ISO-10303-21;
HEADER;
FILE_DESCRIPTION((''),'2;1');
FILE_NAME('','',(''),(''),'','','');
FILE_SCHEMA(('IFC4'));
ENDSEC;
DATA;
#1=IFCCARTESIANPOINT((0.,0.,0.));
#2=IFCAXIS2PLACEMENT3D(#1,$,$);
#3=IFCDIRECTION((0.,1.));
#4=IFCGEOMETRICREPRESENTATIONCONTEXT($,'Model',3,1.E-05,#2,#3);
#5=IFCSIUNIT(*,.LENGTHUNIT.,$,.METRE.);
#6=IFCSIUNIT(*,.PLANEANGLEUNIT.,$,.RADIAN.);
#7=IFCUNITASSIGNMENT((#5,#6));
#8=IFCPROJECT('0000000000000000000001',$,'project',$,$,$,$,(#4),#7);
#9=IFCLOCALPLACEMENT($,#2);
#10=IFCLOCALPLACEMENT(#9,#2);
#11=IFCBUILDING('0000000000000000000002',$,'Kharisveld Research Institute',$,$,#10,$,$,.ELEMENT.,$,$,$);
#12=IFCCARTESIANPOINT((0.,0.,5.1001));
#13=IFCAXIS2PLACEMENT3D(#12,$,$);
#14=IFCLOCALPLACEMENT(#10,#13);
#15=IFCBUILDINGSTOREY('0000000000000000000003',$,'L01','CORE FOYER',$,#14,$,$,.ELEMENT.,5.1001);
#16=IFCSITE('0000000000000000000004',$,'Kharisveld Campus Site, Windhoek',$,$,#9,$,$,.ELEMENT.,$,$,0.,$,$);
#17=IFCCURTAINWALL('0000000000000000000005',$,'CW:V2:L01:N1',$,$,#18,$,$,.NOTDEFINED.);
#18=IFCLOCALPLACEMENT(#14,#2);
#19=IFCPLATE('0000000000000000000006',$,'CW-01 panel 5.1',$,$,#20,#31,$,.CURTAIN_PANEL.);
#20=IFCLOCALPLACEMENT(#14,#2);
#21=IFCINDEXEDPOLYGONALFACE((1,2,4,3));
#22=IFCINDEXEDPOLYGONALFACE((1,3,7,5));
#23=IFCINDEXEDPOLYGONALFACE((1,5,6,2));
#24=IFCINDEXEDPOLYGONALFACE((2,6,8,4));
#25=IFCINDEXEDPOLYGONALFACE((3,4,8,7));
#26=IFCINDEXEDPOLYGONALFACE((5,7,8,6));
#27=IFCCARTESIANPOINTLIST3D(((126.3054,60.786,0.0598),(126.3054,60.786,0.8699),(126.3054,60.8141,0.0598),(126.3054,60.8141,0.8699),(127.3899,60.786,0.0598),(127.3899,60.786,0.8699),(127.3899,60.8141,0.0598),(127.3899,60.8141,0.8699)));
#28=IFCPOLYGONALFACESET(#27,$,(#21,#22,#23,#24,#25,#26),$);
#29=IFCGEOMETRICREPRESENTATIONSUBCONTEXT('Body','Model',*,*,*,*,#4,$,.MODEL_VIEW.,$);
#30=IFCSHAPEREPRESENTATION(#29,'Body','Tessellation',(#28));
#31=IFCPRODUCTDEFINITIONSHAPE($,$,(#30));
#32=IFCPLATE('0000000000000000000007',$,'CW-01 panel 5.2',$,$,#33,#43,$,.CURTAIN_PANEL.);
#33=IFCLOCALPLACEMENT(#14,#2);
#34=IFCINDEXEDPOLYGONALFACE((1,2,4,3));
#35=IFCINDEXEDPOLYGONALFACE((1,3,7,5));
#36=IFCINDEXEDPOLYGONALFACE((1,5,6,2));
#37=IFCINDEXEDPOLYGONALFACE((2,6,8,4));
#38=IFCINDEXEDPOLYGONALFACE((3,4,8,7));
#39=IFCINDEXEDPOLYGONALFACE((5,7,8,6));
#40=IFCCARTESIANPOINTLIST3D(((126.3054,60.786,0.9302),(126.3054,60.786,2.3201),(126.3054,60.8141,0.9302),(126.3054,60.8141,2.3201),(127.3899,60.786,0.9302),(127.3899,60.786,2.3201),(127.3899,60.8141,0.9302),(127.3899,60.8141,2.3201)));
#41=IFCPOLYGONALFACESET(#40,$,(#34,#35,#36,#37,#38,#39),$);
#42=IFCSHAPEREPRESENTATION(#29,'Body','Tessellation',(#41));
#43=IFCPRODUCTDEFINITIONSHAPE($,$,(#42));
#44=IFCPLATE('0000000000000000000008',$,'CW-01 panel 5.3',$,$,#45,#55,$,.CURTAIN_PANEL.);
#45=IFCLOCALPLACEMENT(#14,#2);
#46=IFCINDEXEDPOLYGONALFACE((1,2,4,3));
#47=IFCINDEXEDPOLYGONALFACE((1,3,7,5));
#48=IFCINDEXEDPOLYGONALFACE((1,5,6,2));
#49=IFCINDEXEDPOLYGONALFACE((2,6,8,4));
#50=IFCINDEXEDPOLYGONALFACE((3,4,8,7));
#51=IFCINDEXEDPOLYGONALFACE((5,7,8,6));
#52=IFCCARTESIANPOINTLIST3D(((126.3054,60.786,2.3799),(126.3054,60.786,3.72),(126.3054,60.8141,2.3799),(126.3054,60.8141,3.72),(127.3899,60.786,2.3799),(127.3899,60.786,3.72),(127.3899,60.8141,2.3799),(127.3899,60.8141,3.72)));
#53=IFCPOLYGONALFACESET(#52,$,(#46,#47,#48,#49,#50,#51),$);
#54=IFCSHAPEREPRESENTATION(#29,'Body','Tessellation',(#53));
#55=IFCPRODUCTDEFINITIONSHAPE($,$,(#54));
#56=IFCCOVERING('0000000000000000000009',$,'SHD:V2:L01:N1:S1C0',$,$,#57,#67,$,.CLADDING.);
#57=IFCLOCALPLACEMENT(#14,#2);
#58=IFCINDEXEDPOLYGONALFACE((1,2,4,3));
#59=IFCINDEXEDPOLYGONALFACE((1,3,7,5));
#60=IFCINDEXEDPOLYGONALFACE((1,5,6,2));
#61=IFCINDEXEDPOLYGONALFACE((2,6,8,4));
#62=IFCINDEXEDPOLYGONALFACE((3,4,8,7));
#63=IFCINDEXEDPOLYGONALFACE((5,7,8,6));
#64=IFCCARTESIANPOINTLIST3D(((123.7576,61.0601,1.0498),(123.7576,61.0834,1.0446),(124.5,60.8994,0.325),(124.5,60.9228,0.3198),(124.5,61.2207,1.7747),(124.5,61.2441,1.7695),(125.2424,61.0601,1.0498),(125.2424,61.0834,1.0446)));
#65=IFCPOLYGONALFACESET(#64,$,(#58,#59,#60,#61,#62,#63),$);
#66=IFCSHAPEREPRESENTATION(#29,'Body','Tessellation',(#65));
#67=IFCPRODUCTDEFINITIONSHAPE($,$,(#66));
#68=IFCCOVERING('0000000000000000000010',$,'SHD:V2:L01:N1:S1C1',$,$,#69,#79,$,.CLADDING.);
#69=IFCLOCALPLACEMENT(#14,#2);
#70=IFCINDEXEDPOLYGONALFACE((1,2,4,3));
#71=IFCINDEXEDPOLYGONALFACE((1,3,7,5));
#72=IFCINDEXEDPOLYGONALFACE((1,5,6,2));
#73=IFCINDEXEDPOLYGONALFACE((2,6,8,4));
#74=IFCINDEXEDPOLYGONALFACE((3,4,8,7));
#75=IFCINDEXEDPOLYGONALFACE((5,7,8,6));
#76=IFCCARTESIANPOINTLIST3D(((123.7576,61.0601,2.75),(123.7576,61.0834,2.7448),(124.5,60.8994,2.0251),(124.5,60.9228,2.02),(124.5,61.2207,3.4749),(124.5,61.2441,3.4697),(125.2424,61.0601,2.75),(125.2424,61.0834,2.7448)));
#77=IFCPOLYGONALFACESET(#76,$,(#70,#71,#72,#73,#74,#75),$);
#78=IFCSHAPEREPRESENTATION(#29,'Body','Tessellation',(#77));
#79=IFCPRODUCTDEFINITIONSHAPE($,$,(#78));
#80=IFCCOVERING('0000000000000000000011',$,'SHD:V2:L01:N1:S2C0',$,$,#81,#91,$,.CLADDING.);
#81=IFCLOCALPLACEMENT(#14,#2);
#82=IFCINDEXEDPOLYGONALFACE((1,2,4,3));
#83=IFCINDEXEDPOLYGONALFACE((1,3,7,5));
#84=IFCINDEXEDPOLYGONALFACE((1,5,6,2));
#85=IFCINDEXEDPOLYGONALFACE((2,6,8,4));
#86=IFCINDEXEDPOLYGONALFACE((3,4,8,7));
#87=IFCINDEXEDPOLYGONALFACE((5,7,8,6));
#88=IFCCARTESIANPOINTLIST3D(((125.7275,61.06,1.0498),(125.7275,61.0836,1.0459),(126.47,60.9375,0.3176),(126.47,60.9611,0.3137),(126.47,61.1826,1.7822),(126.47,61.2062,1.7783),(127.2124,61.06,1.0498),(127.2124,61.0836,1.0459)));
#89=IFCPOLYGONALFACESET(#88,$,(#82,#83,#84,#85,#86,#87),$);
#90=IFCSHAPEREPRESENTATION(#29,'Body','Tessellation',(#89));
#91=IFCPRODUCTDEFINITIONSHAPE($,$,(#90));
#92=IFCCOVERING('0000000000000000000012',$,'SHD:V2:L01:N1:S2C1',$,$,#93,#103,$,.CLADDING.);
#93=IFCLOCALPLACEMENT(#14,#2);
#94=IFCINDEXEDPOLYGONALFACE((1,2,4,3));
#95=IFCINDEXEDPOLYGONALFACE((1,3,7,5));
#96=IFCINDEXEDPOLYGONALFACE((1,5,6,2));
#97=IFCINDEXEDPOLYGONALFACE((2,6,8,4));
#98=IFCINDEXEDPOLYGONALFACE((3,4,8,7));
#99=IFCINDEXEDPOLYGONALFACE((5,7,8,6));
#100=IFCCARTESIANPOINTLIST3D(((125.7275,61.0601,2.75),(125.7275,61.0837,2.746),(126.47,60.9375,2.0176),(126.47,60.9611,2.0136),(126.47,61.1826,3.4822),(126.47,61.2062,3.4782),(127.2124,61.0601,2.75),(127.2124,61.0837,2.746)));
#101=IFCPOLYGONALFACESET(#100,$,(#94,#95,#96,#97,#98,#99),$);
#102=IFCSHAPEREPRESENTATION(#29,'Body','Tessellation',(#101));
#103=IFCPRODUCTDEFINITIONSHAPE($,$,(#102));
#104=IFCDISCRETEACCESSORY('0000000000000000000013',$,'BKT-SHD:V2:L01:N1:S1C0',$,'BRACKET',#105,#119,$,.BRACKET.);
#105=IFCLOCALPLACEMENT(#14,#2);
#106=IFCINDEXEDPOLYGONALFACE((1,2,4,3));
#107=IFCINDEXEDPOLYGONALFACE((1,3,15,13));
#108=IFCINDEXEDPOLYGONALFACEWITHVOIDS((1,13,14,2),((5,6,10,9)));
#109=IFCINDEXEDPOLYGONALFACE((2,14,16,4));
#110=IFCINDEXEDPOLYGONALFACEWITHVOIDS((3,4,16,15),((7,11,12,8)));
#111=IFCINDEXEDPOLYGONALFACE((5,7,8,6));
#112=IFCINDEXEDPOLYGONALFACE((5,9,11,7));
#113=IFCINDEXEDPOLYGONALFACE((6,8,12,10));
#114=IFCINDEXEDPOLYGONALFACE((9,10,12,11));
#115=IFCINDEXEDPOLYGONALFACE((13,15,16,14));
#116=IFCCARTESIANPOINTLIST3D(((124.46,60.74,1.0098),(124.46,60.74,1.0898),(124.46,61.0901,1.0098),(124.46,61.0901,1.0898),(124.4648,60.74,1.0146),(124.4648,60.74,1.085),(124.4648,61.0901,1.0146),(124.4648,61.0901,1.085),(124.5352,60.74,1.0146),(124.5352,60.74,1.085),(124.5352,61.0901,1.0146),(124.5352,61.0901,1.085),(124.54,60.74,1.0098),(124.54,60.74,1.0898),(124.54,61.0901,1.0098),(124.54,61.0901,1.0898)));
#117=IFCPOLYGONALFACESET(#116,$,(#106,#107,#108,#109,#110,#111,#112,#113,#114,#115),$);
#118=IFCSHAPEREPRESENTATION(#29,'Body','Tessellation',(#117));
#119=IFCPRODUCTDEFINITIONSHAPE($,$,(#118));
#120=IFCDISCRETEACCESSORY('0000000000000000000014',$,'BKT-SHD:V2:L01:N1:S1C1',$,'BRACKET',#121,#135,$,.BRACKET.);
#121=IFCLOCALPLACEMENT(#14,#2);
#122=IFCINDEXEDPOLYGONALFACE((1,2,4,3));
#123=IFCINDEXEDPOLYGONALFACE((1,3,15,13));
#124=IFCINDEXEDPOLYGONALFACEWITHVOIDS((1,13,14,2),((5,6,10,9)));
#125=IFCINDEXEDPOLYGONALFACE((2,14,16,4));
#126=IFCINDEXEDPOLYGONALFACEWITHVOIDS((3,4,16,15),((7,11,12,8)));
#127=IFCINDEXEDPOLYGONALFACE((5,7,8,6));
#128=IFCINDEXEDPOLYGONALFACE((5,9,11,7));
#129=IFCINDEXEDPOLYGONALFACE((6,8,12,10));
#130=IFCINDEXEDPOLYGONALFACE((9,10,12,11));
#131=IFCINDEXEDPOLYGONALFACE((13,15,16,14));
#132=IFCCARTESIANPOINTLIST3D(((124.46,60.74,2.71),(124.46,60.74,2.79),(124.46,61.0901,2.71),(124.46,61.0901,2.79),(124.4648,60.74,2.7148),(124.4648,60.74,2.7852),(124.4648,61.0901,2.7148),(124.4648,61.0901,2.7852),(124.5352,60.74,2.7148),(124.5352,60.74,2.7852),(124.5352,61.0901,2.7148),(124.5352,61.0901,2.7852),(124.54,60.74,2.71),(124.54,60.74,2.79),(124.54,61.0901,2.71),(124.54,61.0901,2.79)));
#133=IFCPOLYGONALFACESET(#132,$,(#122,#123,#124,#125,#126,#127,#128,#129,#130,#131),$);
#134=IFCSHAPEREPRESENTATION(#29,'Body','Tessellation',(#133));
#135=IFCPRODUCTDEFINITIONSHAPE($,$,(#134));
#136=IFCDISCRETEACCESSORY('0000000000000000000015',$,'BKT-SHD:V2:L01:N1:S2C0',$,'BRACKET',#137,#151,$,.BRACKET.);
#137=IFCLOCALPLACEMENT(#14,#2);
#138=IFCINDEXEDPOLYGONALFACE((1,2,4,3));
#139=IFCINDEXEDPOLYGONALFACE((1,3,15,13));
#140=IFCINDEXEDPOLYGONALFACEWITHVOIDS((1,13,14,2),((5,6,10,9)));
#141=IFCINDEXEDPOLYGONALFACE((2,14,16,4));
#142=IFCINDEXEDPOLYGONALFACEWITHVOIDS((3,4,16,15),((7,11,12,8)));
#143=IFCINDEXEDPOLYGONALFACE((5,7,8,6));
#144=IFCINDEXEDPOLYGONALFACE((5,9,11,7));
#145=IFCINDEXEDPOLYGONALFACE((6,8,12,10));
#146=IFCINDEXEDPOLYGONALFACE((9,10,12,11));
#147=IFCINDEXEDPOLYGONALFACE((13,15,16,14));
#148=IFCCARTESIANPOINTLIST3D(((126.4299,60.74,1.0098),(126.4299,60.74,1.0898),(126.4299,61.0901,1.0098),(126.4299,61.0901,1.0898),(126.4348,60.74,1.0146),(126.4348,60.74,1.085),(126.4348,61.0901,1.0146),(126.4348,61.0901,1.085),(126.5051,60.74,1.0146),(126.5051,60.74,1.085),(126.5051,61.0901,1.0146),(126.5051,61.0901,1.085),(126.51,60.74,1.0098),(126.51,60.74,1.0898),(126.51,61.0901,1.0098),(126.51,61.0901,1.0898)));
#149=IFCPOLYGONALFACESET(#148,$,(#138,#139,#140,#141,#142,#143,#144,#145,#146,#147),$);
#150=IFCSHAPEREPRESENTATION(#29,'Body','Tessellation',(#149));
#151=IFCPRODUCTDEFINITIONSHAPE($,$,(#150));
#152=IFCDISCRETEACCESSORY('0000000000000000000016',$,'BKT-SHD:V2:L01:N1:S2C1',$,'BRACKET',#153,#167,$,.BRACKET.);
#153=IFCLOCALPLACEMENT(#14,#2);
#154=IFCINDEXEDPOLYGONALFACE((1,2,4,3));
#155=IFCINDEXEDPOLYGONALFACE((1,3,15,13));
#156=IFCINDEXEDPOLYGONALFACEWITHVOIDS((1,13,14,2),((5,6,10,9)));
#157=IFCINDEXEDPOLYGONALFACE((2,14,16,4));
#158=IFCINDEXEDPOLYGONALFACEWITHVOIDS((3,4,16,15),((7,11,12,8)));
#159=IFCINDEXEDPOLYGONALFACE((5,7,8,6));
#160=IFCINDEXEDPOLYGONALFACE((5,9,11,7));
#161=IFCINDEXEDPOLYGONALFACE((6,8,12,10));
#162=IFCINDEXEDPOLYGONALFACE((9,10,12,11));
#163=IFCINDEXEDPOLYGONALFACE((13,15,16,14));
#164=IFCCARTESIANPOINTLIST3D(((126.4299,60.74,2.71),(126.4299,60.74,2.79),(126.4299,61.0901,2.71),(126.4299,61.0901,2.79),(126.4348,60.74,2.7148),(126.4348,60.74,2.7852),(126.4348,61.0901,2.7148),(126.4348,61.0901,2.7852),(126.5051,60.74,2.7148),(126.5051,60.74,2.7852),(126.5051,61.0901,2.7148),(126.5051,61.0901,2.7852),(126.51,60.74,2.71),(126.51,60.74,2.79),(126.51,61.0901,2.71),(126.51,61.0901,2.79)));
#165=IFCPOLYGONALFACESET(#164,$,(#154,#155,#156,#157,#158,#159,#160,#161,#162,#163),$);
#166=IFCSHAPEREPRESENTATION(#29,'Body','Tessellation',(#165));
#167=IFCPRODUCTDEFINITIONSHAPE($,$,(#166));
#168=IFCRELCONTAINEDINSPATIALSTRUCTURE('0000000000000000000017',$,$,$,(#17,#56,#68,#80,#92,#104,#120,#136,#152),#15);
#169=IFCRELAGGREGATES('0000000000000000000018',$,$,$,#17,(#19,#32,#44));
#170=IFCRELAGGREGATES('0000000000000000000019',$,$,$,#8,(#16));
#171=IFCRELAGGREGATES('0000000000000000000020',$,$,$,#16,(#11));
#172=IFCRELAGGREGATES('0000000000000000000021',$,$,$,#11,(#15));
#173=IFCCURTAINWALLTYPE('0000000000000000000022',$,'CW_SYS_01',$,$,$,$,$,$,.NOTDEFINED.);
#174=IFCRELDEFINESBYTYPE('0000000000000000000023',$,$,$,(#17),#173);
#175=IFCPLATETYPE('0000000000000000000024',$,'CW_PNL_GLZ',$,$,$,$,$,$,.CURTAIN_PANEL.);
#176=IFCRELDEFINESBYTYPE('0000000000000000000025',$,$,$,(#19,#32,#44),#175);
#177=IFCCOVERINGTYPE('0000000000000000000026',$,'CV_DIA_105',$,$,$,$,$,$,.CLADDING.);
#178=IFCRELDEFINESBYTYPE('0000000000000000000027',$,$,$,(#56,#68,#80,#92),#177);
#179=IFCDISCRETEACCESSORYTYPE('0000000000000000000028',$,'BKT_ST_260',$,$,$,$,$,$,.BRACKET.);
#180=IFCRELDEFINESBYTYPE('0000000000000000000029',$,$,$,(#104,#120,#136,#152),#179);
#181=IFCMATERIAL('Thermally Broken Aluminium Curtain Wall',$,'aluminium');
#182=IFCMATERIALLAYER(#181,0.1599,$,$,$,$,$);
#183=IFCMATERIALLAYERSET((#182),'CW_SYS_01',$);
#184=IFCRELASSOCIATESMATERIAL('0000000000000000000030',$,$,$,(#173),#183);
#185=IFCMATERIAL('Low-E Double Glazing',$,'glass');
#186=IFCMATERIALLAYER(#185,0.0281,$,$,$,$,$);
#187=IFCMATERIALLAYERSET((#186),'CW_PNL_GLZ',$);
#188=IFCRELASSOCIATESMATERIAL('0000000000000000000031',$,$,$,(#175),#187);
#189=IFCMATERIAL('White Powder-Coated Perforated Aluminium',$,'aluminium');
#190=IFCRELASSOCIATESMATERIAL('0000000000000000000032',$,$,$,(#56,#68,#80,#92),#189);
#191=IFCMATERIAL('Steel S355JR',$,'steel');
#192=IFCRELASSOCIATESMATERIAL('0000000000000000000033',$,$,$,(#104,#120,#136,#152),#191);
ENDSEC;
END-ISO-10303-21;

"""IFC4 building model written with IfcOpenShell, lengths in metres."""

from ifc_helpers import new_model, si_unit, direction, frame, origin, origin_2d, place, context, subcontext, project, spatial, polyline, rectangle, hollow_rectangle, outline, extrude, material, layer, layer_set, type_object, element, aggregate, save


model = new_model("IFC4")

# Units and contexts
model_context = context("Model", 3, precision=1e-05, world=origin(), true_north=direction((0.0, 1.0)))
body_context = subcontext(model_context, "Body", "Model", "MODEL_VIEW")
ifc_project = project(units=[si_unit("LENGTHUNIT", "METRE"), si_unit("PLANEANGLEUNIT", "RADIAN")], contexts=[model_context])

# Site, building, storey
site_placement = place(None, origin())
site = spatial("IfcSite", under=ifc_project, at=site_placement, Name="Kharisveld Campus Site, Windhoek", CompositionType="ELEMENT", RefElevation=0.0)
building_placement = place(site_placement, origin())
building = spatial("IfcBuilding", under=site, at=building_placement, Name="Kharisveld Research Institute", CompositionType="ELEMENT")
storey_placement = place(building_placement, frame((0.0, 0.0, 5.1001)))
storey = spatial("IfcBuildingStorey", under=building, at=storey_placement, Name="L01", Description="CORE FOYER", CompositionType="ELEMENT", Elevation=5.1001)

# Curtain wall, plates
ifc_material_1 = material(Name="Thermally Broken Aluminium Curtain Wall", Category="aluminium")
ifc_layer_1 = layer(ifc_material_1, 0.1599)
ifc_layer_set_1 = layer_set([ifc_layer_1], Name="CW_SYS_01")
curtain_wall_type = type_object("IfcCurtainWallType", Name="CW_SYS_01", PredefinedType="NOTDEFINED", material=ifc_layer_set_1)
curtain_wall_placement = place(storey_placement, origin())
curtain_wall = element("IfcCurtainWall", 1, at=curtain_wall_placement, inside=storey, type_object=curtain_wall_type, Name="CW:V2:L01:N1", PredefinedType="NOTDEFINED")
ifc_material_2 = material(Name="Low-E Double Glazing", Category="glass")
ifc_layer_2 = layer(ifc_material_2, 0.0281)
ifc_layer_set_2 = layer_set([ifc_layer_2], Name="CW_PNL_GLZ")
plate_type = type_object("IfcPlateType", Name="CW_PNL_GLZ", PredefinedType="CURTAIN_PANEL", material=ifc_layer_set_2)
plate_1_placement = place(storey_placement, frame((126.8477, 60.8, 0.0598), z_axis=(0.0, 0.0, 1.0), x_axis=(1.0, 0.0, 0.0)))
plate_1 = element("IfcPlate", 2, at=plate_1_placement, type_object=plate_type, Name="CW-01 panel 5.1", PredefinedType="CURTAIN_PANEL", context=body_context, shape_type="SweptSolid", body=[
    extrude(rectangle(XDim=1.0845, YDim=0.0281, at=origin_2d()), origin(), (0.0, 0.0, 1.0), 0.8101),
])
plate_2_placement = place(storey_placement, frame((126.8477, 60.8, 0.9302), z_axis=(0.0, 0.0, 1.0), x_axis=(1.0, 0.0, 0.0)))
plate_2 = element("IfcPlate", 3, at=plate_2_placement, type_object=plate_type, Name="CW-01 panel 5.2", PredefinedType="CURTAIN_PANEL", context=body_context, shape_type="SweptSolid", body=[
    extrude(rectangle(XDim=1.0845, YDim=0.0281, at=origin_2d()), origin(), (0.0, 0.0, 1.0), 1.3899),
])
plate_3_placement = place(storey_placement, frame((126.8477, 60.8, 2.3799), z_axis=(0.0, 0.0, 1.0), x_axis=(1.0, 0.0, 0.0)))
plate_3 = element("IfcPlate", 4, at=plate_3_placement, type_object=plate_type, Name="CW-01 panel 5.3", PredefinedType="CURTAIN_PANEL", context=body_context, shape_type="SweptSolid", body=[
    extrude(rectangle(XDim=1.0845, YDim=0.0281, at=origin_2d()), origin(), (0.0, 0.0, 1.0), 1.3401),
])
aggregate(curtain_wall, [plate_1, plate_2, plate_3])

# Coverings
ifc_material_3 = material(Name="White Powder-Coated Perforated Aluminium", Category="aluminium")
covering_type = type_object("IfcCoveringType", Name="CV_DIA_105", PredefinedType="CLADDING")
for number, where, z_axis, x_axis, name in (
    (5, (124.5, 60.8994, 0.325), (0.0, -0.976311, 0.216373), (0.707102, 0.153, 0.69036), "SHD:V2:L01:N1:S1C0"),
    (6, (124.5, 60.8994, 2.0251), (0.0, -0.976311, 0.216373), (0.707102, 0.153, 0.69036), "SHD:V2:L01:N1:S1C1"),
):
    element("IfcCovering", number, at=place(storey_placement, frame(where, z_axis=z_axis, x_axis=x_axis)), inside=storey, type_object=covering_type, material=ifc_material_3, Name=name, PredefinedType="CLADDING", context=body_context, shape_type="SweptSolid", body=[
        extrude(outline(polyline([(0.0, 0.0), (1.05, 0.0), (1.05, 1.05), (0.0, 1.05), (0.0, 0.0)])), origin(), (0.0, 0.0, -1.0), 0.0239),
    ])
covering_1_placement = place(storey_placement, frame((126.47, 60.9375, 0.3176), z_axis=(0.0, -0.986283, 0.165065), x_axis=(0.707139, 0.116714, 0.697376)))
element("IfcCovering", 7, at=covering_1_placement, inside=storey, type_object=covering_type, material=ifc_material_3, Name="SHD:V2:L01:N1:S2C0", PredefinedType="CLADDING", context=body_context, shape_type="SweptSolid", body=[
    extrude(outline(polyline([(0.0, 0.0), (1.0499, 0.0), (1.05, 1.0501), (-0.0001, 1.0499), (0.0, 0.0)])), origin(), (0.0, 0.0, -1.0), 0.0239),
])
covering_2_placement = place(storey_placement, frame((126.47, 60.9375, 2.0176), z_axis=(0.0, -0.986283, 0.165065), x_axis=(0.707024, 0.116733, 0.697489)))
element("IfcCovering", 8, at=covering_2_placement, inside=storey, type_object=covering_type, material=ifc_material_3, Name="SHD:V2:L01:N1:S2C1", PredefinedType="CLADDING", context=body_context, shape_type="SweptSolid", body=[
    extrude(outline(polyline([(0.0, 0.0), (1.0501, 0.0), (1.0502, 1.0499), (0.0002, 1.0501), (0.0, 0.0)])), origin(), (0.0, 0.0, -1.0), 0.0239),
])

# Discrete accessories
ifc_material_4 = material(Name="Steel S355JR", Category="steel")
discrete_accessory_type = type_object("IfcDiscreteAccessoryType", Name="BKT_ST_260", PredefinedType="BRACKET")
for number, where, z_axis, x_axis, name in (
    (9, (124.5, 60.74, 1.0498), (0.0, 1.0, 0.0), (-1.0, 0.0, 0.0), "BKT-SHD:V2:L01:N1:S1C0"),
    (10, (124.5, 60.74, 2.75), (0.0, 1.0, 0.0), (-1.0, 0.0, 0.0), "BKT-SHD:V2:L01:N1:S1C1"),
    (11, (126.47, 60.74, 1.0498), (0.0, 1.0, 0.0), (-1.0, 0.0, 0.0), "BKT-SHD:V2:L01:N1:S2C0"),
    (12, (126.47, 60.74, 2.75), (0.0, 1.0, 0.0), (-1.0, 0.0, 0.0), "BKT-SHD:V2:L01:N1:S2C1"),
):
    element("IfcDiscreteAccessory", number, at=place(storey_placement, frame(where, z_axis=z_axis, x_axis=x_axis)), inside=storey, type_object=discrete_accessory_type, material=ifc_material_4, Name=name, ObjectType="BRACKET", PredefinedType="BRACKET", context=body_context, shape_type="SweptSolid", body=[
        extrude(hollow_rectangle(XDim=0.0801, YDim=0.0801, WallThickness=0.0049, at=origin_2d()), origin(), (0.0, 0.0, 1.0), 0.3501),
    ])

save(model, "model.ifc")
